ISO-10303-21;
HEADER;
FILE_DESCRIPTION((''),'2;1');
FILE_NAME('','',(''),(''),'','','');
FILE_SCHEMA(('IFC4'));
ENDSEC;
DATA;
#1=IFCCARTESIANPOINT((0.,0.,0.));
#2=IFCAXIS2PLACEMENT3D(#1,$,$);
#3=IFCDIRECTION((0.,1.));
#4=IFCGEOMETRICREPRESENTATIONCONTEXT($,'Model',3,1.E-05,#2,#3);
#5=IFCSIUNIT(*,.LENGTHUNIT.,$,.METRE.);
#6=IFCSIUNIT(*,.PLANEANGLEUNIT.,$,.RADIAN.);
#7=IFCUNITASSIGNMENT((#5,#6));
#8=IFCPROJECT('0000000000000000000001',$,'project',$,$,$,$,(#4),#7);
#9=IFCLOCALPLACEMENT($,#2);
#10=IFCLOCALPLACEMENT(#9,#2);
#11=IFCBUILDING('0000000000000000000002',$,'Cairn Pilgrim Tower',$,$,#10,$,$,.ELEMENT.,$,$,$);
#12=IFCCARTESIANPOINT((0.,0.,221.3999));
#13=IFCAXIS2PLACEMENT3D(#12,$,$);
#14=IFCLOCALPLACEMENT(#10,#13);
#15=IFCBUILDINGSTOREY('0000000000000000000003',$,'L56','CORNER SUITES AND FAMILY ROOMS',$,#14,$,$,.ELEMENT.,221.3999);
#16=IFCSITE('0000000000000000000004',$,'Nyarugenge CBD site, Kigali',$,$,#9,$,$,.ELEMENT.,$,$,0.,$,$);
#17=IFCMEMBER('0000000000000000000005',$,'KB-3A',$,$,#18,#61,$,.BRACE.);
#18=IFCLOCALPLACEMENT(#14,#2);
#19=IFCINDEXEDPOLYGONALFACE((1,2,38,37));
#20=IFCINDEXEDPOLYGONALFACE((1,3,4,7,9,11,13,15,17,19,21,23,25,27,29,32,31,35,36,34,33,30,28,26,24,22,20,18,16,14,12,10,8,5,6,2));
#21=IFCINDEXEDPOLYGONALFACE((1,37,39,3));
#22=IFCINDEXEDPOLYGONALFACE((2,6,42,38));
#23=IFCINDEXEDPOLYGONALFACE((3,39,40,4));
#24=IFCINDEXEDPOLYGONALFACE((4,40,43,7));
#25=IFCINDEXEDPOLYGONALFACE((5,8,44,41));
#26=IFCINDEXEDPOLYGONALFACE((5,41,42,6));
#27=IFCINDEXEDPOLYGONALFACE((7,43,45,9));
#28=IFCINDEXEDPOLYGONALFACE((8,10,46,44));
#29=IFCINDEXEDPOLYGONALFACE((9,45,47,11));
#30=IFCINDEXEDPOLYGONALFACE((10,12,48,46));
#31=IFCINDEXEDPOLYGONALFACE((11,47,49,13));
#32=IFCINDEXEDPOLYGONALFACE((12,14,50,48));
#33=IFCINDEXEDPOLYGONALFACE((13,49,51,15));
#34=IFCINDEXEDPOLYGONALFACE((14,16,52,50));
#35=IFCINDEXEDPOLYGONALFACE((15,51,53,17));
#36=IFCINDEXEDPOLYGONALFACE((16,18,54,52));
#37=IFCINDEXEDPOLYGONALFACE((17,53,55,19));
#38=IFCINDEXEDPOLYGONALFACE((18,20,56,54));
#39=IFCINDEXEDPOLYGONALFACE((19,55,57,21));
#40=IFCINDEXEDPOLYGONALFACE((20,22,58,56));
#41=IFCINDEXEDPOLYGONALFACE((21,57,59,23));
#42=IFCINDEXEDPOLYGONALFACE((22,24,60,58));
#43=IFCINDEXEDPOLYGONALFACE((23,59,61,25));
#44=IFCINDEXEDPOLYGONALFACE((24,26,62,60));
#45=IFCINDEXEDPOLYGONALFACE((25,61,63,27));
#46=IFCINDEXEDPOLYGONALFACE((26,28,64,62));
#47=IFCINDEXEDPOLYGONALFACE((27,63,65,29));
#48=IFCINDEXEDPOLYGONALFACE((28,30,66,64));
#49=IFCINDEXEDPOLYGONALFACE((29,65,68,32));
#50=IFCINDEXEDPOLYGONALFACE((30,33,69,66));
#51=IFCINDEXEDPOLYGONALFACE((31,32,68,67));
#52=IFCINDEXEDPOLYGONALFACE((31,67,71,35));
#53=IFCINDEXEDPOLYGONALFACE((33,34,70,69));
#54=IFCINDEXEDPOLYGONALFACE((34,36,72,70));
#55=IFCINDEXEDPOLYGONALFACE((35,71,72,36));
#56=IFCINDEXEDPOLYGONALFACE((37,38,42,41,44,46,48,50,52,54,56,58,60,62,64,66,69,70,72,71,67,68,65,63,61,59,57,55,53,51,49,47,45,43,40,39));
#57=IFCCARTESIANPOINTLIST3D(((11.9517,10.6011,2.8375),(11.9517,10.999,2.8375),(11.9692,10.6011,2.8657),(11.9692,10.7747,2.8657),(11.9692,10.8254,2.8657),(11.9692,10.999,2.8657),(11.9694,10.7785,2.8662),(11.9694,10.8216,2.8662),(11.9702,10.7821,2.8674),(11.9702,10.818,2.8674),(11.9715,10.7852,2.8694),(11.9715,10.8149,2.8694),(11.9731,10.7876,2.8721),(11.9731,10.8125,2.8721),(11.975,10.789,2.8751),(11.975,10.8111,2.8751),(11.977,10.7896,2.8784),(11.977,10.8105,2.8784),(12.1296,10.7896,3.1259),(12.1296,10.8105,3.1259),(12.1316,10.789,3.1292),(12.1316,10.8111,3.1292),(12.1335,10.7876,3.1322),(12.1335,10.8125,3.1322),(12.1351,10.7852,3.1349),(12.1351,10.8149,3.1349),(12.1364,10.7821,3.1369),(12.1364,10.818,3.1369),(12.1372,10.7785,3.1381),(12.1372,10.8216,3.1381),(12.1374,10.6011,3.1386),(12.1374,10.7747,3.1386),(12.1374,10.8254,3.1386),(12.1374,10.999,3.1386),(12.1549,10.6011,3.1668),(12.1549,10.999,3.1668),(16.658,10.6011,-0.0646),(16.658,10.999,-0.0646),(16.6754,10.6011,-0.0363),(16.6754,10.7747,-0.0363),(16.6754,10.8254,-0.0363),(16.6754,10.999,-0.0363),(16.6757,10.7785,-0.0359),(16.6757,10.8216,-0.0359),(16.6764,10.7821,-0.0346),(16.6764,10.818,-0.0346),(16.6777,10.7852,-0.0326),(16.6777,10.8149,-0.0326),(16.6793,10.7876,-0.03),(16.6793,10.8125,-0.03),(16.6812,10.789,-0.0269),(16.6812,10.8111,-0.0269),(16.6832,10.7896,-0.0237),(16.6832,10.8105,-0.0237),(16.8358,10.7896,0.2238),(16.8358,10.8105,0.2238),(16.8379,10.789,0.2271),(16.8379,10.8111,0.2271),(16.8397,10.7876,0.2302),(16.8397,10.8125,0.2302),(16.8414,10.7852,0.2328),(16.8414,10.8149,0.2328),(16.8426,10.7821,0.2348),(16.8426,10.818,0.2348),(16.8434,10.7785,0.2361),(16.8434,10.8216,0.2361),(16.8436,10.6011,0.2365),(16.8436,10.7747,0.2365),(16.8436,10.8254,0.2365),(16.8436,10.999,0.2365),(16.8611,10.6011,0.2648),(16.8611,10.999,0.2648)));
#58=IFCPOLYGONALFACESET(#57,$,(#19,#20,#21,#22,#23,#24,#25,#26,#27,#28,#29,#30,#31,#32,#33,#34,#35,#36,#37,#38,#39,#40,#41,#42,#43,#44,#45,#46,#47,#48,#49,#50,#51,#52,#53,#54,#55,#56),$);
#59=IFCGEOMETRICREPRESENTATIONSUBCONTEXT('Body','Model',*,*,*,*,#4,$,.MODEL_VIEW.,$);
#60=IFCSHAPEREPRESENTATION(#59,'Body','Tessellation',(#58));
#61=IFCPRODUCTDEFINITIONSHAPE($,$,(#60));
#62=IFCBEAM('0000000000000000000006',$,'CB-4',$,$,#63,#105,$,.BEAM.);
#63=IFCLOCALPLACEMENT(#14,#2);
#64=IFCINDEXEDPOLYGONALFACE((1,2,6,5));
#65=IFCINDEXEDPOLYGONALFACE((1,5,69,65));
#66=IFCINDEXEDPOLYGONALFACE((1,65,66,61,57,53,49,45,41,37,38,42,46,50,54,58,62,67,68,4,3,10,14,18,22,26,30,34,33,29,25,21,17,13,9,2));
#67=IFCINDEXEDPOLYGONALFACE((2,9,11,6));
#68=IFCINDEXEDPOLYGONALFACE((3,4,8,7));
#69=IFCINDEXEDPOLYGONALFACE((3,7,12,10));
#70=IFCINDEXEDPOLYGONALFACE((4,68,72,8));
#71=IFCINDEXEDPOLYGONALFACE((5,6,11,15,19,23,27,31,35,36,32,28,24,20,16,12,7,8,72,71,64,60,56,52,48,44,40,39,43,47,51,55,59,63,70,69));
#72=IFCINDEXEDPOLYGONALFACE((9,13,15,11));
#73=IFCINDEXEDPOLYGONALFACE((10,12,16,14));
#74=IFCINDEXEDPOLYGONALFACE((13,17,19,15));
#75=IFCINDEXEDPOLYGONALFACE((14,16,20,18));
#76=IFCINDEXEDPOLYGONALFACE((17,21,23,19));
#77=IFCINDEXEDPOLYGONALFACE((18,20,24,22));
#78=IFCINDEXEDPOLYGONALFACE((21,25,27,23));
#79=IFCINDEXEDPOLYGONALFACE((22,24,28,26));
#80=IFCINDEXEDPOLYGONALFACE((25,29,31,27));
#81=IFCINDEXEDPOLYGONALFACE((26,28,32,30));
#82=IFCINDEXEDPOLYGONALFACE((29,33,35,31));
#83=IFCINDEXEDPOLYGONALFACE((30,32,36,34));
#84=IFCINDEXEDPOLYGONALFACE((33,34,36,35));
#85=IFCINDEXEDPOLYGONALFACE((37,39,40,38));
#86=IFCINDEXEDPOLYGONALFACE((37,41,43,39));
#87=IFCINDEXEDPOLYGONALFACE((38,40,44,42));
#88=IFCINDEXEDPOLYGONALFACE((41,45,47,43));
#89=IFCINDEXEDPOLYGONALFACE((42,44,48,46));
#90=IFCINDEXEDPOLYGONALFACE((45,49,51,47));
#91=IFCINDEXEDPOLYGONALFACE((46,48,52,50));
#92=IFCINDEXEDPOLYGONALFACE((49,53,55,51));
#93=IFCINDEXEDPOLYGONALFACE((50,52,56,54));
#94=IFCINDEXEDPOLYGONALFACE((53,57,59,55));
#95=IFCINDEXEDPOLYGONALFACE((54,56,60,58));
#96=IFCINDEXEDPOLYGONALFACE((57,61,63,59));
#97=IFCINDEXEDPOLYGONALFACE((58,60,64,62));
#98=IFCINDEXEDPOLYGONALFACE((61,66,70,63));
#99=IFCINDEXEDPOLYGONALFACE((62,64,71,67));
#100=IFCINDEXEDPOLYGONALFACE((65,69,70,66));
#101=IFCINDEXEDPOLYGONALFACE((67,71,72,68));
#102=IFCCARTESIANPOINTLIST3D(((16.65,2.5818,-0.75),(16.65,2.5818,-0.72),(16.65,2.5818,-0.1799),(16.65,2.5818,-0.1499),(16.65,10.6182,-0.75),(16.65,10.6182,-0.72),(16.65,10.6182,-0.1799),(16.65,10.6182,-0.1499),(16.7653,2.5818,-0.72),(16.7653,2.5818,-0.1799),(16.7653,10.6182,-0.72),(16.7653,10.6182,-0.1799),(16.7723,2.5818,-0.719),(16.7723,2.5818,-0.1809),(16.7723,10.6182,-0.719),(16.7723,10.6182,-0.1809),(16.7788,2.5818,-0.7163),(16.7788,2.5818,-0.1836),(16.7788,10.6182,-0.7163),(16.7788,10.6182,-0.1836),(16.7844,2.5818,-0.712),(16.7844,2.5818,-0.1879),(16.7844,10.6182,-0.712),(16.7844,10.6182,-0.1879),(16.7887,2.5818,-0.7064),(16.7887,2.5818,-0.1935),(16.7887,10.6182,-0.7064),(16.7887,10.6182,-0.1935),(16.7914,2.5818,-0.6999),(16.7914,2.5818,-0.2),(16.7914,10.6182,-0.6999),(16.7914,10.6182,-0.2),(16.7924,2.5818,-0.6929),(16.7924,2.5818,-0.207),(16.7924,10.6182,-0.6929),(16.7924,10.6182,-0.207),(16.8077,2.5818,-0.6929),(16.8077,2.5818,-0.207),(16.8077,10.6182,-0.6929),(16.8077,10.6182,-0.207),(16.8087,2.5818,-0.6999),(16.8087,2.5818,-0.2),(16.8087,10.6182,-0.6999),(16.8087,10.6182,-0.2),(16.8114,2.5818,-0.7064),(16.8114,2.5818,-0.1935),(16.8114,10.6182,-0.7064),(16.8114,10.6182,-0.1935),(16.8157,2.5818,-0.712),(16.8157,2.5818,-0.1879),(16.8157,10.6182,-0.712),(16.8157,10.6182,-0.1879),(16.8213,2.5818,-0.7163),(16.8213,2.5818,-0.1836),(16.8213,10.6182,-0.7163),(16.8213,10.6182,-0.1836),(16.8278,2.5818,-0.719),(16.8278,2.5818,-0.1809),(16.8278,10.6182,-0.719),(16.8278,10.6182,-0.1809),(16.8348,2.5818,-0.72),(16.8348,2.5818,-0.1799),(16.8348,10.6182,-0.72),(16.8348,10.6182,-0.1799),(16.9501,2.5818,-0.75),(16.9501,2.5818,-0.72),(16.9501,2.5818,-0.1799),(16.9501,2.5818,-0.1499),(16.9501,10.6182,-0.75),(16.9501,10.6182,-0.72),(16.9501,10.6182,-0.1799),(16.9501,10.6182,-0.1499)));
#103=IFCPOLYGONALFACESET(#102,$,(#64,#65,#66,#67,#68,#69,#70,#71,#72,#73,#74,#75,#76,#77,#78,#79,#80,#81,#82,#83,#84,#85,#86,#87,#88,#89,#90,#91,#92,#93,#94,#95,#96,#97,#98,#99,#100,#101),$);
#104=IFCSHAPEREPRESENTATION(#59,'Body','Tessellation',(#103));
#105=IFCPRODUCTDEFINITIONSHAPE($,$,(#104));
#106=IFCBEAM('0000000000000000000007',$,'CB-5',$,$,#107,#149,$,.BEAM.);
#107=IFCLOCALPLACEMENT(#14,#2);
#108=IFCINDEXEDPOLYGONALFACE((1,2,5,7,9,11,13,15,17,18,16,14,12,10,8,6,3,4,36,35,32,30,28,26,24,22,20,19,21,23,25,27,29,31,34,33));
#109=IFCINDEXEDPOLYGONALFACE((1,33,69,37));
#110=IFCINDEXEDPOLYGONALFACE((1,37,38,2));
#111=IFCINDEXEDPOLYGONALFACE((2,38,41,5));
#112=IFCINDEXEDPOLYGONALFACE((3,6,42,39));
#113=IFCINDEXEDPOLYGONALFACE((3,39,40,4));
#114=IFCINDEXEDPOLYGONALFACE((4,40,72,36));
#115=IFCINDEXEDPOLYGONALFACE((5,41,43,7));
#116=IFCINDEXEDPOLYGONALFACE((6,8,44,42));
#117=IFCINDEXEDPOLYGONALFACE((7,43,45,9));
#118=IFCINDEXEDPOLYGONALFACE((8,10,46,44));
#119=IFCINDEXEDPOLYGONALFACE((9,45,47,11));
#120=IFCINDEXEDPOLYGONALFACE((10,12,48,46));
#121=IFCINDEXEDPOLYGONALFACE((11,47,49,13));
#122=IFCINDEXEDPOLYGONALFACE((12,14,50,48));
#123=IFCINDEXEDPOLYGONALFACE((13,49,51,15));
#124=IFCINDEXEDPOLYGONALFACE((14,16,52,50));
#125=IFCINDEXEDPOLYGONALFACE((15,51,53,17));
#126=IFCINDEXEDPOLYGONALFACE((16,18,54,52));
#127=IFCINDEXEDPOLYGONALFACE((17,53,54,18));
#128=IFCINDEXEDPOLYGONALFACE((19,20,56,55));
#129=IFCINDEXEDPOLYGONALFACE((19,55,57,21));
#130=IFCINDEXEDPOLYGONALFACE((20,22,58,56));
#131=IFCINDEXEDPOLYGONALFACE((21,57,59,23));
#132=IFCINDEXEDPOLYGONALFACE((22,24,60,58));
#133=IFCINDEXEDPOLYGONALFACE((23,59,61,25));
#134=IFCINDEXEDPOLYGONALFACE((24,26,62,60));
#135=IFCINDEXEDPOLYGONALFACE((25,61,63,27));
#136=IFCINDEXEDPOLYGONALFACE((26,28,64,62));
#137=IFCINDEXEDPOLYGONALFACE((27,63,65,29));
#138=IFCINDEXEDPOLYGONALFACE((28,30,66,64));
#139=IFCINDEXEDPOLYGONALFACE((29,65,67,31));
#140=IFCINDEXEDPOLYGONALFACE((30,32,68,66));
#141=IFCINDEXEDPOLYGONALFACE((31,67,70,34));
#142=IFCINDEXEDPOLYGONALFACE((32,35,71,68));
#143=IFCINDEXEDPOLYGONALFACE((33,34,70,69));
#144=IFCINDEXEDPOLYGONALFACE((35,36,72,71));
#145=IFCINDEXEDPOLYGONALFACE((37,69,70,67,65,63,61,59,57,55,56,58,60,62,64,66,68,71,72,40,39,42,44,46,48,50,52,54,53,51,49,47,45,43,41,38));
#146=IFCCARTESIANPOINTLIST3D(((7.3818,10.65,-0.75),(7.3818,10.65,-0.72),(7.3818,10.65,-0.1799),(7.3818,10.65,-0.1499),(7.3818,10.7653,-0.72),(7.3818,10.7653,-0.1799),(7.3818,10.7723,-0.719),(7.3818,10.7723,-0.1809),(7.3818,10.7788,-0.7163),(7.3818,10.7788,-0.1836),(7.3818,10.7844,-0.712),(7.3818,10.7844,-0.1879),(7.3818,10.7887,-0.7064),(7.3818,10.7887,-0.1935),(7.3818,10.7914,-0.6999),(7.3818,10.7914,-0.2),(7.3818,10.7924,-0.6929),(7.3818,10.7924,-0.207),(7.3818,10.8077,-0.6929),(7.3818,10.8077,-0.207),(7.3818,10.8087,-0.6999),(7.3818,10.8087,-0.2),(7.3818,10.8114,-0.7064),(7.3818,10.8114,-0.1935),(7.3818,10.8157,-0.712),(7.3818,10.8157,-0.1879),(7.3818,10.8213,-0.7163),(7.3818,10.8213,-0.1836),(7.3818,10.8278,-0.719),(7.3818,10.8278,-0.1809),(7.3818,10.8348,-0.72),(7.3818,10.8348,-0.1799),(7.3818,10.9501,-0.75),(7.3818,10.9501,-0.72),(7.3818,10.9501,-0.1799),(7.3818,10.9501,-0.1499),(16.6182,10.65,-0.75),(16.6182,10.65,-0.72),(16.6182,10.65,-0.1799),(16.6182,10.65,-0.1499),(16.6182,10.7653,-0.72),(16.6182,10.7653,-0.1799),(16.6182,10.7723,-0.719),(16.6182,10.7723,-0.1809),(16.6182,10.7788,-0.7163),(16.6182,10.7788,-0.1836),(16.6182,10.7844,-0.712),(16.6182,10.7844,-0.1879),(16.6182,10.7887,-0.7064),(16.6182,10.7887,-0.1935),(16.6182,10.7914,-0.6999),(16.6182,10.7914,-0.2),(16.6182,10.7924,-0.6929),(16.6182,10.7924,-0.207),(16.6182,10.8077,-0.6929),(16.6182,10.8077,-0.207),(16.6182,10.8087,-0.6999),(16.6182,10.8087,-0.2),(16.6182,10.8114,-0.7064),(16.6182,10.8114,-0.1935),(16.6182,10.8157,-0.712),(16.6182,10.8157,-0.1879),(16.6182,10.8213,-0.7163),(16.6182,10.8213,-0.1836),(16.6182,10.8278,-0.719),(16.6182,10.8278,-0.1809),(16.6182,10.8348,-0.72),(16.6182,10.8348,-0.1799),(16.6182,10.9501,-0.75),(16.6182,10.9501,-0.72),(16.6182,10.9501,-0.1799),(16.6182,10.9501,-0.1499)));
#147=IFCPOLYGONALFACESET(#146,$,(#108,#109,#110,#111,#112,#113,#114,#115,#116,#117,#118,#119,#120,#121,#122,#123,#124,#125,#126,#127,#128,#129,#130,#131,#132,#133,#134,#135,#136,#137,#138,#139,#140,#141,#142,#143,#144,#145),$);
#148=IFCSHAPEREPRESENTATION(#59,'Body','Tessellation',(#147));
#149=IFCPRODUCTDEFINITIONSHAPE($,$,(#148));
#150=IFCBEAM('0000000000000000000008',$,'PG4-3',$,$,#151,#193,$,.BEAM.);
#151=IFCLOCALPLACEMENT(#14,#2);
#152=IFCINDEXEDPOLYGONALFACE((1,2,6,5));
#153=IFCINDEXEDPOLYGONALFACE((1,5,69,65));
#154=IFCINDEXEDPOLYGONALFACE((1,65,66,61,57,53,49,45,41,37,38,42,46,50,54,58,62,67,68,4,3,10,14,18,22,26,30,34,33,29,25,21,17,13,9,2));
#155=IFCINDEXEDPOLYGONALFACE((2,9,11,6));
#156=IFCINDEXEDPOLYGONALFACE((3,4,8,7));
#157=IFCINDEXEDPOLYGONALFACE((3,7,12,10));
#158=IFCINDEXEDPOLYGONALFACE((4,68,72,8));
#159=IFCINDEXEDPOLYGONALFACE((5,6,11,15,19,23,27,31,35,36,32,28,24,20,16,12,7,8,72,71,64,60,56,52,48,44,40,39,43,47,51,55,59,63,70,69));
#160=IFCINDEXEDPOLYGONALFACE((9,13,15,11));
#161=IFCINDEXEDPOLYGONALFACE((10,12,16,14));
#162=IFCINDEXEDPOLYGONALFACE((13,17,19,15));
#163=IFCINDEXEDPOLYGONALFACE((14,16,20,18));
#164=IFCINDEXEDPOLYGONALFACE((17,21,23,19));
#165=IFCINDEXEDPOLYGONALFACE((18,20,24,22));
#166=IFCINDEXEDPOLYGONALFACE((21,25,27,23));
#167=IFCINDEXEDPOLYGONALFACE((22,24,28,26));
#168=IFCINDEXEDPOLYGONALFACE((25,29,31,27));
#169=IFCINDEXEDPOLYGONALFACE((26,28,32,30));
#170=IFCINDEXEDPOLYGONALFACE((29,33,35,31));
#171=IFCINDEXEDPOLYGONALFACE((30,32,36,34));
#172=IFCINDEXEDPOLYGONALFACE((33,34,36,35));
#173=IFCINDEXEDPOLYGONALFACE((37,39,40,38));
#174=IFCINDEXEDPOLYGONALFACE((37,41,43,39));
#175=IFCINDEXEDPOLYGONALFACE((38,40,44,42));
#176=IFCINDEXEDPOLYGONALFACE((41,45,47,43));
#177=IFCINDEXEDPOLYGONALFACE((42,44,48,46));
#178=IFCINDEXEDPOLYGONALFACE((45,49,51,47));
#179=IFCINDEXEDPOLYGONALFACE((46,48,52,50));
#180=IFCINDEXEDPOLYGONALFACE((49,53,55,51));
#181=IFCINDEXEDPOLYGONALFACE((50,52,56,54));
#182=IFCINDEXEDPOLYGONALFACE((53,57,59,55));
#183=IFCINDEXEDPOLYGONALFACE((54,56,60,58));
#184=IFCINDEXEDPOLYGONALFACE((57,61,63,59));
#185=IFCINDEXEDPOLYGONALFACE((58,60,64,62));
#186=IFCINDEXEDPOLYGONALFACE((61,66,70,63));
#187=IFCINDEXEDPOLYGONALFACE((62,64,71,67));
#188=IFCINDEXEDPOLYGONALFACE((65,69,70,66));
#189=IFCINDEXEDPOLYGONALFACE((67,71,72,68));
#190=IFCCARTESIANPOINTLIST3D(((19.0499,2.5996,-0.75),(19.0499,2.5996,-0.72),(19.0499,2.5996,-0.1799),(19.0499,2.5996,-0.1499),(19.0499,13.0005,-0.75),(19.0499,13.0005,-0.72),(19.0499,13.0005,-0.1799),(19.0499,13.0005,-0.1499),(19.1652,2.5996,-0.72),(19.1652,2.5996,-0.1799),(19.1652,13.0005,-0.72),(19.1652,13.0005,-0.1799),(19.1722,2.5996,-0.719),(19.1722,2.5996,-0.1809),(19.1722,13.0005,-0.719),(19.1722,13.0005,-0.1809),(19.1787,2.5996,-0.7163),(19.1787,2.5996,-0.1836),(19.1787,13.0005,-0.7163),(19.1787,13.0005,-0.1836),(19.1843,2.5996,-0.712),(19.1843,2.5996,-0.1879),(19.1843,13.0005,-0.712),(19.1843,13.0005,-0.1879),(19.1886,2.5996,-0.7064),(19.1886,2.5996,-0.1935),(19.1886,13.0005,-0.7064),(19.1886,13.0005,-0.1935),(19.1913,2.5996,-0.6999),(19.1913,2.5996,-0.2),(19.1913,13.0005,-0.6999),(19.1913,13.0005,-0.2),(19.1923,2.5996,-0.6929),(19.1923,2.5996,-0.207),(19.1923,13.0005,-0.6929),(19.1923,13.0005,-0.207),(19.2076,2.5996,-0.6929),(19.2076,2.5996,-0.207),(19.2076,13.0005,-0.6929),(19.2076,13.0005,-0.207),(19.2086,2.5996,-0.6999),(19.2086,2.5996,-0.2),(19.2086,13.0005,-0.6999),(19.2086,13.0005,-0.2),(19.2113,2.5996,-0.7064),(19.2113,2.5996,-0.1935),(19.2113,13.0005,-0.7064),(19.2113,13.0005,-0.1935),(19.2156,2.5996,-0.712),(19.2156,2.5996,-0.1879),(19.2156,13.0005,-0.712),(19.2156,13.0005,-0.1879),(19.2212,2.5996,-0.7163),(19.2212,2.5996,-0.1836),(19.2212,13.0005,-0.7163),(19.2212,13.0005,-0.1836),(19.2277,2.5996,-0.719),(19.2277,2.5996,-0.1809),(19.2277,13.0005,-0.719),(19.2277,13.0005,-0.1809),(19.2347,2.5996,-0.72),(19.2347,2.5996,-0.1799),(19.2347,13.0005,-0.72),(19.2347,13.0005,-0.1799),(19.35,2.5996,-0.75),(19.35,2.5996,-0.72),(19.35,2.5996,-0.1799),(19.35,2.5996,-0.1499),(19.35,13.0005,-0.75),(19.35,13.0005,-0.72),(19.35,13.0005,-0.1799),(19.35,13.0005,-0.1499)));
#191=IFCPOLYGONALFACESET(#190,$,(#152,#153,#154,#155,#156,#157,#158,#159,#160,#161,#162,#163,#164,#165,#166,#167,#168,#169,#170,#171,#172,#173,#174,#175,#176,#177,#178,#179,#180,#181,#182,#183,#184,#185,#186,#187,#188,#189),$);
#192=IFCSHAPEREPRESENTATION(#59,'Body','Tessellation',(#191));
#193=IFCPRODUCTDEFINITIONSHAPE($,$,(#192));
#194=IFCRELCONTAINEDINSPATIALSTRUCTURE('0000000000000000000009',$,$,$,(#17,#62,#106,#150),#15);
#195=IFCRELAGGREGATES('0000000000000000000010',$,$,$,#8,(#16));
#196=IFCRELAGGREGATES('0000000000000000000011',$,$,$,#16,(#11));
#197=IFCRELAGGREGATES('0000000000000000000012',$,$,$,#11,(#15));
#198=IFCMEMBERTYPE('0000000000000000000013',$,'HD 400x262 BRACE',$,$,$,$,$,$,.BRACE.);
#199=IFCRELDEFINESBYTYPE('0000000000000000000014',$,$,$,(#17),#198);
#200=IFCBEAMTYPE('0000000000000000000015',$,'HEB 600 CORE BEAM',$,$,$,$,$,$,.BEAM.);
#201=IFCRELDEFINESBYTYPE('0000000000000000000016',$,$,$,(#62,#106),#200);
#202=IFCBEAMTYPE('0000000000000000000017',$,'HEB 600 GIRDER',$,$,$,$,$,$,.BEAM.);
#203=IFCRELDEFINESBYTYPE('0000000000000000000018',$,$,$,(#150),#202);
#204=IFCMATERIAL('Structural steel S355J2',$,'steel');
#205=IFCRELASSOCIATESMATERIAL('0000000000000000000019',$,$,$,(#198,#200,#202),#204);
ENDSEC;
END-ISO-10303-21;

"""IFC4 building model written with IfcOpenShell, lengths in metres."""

from ifc_helpers import new_model, si_unit, direction, frame, origin, origin_2d, place, context, subcontext, project, spatial, i_section, extrude, material, material_profile, profile_set, type_object, element, save


model = new_model("IFC4")

# Units and contexts
model_context = context("Model", 3, precision=1e-05, world=origin(), true_north=direction((0.0, 1.0)))
body_context = subcontext(model_context, "Body", "Model", "MODEL_VIEW")
ifc_project = project(units=[si_unit("LENGTHUNIT", "METRE"), si_unit("PLANEANGLEUNIT", "RADIAN")], contexts=[model_context])

# Site, building, storey
site_placement = place(None, origin())
site = spatial("IfcSite", under=ifc_project, at=site_placement, Name="Nyarugenge CBD site, Kigali", CompositionType="ELEMENT", RefElevation=0.0)
building_placement = place(site_placement, origin())
building = spatial("IfcBuilding", under=site, at=building_placement, Name="Cairn Pilgrim Tower", CompositionType="ELEMENT")
storey_placement = place(building_placement, frame((0.0, 0.0, 221.3999)))
storey = spatial("IfcBuildingStorey", under=building, at=storey_placement, Name="L56", Description="CORNER SUITES AND FAMILY ROOMS", CompositionType="ELEMENT", Elevation=221.3999)

# Shared definitions
ifc_material_1 = material(Name="Structural steel S355J2", Category="steel")

# Member
ifc_material_profile_1 = material_profile(ifc_material_1, i_section(OverallWidth=0.3979, OverallDepth=0.387, WebThickness=0.021, FlangeThickness=0.0332, FilletRadius=0.0149, at=origin_2d()), Name="HD 400x262")
ifc_profile_set_1 = profile_set([ifc_material_profile_1], Name="Structural steel S355J2")
member_type = type_object("IfcMemberType", Name="HD 400x262 BRACE", PredefinedType="BRACE", material=ifc_profile_set_1)
member_1_placement = place(storey_placement, frame((16.7595, 10.8, 0.1001), z_axis=(-0.85118, 0.0, 0.524873), x_axis=(0.0, -1.0, 0.0)))
element("IfcMember", 1, at=member_1_placement, inside=storey, type_object=member_type, Name="KB-3A", PredefinedType="BRACE", context=body_context, shape_type="SweptSolid", body=[
    extrude(i_section(OverallWidth=0.3979, OverallDepth=0.387, WebThickness=0.021, FlangeThickness=0.0332, FilletRadius=0.0149, at=origin_2d()), origin(), (0.0, 0.0, 1.0), 5.5291),
])

# Beams
ifc_material_profile_2 = material_profile(ifc_material_1, i_section(OverallWidth=0.3, OverallDepth=0.6001, WebThickness=0.0154, FlangeThickness=0.03, FilletRadius=0.0271, at=origin_2d()), Name="HEB 600")
ifc_profile_set_2 = profile_set([ifc_material_profile_2], Name="Structural steel S355J2")
beam_type_1 = type_object("IfcBeamType", Name="HEB 600 CORE BEAM", PredefinedType="BEAM", material=ifc_profile_set_2)
beam_1_placement = place(storey_placement, frame((16.8, 2.5818, -0.45), z_axis=(0.0, 1.0, 0.0), x_axis=(-1.0, 0.0, 0.0)))
element("IfcBeam", 2, at=beam_1_placement, inside=storey, type_object=beam_type_1, Name="CB-4", PredefinedType="BEAM", context=body_context, shape_type="SweptSolid", body=[
    extrude(i_section(OverallWidth=0.3, OverallDepth=0.6001, WebThickness=0.0154, FlangeThickness=0.03, FilletRadius=0.0271, at=origin_2d()), origin(), (0.0, 0.0, 1.0), 8.0364),
])
beam_2_placement = place(storey_placement, frame((16.6182, 10.8, -0.45), z_axis=(-1.0, 0.0, 0.0), x_axis=(0.0, -1.0, 0.0)))
element("IfcBeam", 3, at=beam_2_placement, inside=storey, type_object=beam_type_1, Name="CB-5", PredefinedType="BEAM", context=body_context, shape_type="SweptSolid", body=[
    extrude(i_section(OverallWidth=0.3, OverallDepth=0.6001, WebThickness=0.0154, FlangeThickness=0.03, FilletRadius=0.0271, at=origin_2d()), origin(), (0.0, 0.0, 1.0), 9.2363),
])
ifc_material_profile_3 = material_profile(ifc_material_1, i_section(OverallWidth=0.3, OverallDepth=0.6001, WebThickness=0.0154, FlangeThickness=0.03, FilletRadius=0.0271, at=origin_2d()), Name="HEB 600")
ifc_profile_set_3 = profile_set([ifc_material_profile_3], Name="Structural steel S355J2")
beam_type_2 = type_object("IfcBeamType", Name="HEB 600 GIRDER", PredefinedType="BEAM", material=ifc_profile_set_3)
beam_3_placement = place(storey_placement, frame((19.2, 2.5996, -0.45), z_axis=(0.0, 1.0, 0.0), x_axis=(-1.0, 0.0, 0.0)))
element("IfcBeam", 4, at=beam_3_placement, inside=storey, type_object=beam_type_2, Name="PG4-3", PredefinedType="BEAM", context=body_context, shape_type="SweptSolid", body=[
    extrude(i_section(OverallWidth=0.3, OverallDepth=0.6001, WebThickness=0.0154, FlangeThickness=0.03, FilletRadius=0.0271, at=origin_2d()), origin(), (0.0, 0.0, 1.0), 10.4009),
])

save(model, "model.ifc")
